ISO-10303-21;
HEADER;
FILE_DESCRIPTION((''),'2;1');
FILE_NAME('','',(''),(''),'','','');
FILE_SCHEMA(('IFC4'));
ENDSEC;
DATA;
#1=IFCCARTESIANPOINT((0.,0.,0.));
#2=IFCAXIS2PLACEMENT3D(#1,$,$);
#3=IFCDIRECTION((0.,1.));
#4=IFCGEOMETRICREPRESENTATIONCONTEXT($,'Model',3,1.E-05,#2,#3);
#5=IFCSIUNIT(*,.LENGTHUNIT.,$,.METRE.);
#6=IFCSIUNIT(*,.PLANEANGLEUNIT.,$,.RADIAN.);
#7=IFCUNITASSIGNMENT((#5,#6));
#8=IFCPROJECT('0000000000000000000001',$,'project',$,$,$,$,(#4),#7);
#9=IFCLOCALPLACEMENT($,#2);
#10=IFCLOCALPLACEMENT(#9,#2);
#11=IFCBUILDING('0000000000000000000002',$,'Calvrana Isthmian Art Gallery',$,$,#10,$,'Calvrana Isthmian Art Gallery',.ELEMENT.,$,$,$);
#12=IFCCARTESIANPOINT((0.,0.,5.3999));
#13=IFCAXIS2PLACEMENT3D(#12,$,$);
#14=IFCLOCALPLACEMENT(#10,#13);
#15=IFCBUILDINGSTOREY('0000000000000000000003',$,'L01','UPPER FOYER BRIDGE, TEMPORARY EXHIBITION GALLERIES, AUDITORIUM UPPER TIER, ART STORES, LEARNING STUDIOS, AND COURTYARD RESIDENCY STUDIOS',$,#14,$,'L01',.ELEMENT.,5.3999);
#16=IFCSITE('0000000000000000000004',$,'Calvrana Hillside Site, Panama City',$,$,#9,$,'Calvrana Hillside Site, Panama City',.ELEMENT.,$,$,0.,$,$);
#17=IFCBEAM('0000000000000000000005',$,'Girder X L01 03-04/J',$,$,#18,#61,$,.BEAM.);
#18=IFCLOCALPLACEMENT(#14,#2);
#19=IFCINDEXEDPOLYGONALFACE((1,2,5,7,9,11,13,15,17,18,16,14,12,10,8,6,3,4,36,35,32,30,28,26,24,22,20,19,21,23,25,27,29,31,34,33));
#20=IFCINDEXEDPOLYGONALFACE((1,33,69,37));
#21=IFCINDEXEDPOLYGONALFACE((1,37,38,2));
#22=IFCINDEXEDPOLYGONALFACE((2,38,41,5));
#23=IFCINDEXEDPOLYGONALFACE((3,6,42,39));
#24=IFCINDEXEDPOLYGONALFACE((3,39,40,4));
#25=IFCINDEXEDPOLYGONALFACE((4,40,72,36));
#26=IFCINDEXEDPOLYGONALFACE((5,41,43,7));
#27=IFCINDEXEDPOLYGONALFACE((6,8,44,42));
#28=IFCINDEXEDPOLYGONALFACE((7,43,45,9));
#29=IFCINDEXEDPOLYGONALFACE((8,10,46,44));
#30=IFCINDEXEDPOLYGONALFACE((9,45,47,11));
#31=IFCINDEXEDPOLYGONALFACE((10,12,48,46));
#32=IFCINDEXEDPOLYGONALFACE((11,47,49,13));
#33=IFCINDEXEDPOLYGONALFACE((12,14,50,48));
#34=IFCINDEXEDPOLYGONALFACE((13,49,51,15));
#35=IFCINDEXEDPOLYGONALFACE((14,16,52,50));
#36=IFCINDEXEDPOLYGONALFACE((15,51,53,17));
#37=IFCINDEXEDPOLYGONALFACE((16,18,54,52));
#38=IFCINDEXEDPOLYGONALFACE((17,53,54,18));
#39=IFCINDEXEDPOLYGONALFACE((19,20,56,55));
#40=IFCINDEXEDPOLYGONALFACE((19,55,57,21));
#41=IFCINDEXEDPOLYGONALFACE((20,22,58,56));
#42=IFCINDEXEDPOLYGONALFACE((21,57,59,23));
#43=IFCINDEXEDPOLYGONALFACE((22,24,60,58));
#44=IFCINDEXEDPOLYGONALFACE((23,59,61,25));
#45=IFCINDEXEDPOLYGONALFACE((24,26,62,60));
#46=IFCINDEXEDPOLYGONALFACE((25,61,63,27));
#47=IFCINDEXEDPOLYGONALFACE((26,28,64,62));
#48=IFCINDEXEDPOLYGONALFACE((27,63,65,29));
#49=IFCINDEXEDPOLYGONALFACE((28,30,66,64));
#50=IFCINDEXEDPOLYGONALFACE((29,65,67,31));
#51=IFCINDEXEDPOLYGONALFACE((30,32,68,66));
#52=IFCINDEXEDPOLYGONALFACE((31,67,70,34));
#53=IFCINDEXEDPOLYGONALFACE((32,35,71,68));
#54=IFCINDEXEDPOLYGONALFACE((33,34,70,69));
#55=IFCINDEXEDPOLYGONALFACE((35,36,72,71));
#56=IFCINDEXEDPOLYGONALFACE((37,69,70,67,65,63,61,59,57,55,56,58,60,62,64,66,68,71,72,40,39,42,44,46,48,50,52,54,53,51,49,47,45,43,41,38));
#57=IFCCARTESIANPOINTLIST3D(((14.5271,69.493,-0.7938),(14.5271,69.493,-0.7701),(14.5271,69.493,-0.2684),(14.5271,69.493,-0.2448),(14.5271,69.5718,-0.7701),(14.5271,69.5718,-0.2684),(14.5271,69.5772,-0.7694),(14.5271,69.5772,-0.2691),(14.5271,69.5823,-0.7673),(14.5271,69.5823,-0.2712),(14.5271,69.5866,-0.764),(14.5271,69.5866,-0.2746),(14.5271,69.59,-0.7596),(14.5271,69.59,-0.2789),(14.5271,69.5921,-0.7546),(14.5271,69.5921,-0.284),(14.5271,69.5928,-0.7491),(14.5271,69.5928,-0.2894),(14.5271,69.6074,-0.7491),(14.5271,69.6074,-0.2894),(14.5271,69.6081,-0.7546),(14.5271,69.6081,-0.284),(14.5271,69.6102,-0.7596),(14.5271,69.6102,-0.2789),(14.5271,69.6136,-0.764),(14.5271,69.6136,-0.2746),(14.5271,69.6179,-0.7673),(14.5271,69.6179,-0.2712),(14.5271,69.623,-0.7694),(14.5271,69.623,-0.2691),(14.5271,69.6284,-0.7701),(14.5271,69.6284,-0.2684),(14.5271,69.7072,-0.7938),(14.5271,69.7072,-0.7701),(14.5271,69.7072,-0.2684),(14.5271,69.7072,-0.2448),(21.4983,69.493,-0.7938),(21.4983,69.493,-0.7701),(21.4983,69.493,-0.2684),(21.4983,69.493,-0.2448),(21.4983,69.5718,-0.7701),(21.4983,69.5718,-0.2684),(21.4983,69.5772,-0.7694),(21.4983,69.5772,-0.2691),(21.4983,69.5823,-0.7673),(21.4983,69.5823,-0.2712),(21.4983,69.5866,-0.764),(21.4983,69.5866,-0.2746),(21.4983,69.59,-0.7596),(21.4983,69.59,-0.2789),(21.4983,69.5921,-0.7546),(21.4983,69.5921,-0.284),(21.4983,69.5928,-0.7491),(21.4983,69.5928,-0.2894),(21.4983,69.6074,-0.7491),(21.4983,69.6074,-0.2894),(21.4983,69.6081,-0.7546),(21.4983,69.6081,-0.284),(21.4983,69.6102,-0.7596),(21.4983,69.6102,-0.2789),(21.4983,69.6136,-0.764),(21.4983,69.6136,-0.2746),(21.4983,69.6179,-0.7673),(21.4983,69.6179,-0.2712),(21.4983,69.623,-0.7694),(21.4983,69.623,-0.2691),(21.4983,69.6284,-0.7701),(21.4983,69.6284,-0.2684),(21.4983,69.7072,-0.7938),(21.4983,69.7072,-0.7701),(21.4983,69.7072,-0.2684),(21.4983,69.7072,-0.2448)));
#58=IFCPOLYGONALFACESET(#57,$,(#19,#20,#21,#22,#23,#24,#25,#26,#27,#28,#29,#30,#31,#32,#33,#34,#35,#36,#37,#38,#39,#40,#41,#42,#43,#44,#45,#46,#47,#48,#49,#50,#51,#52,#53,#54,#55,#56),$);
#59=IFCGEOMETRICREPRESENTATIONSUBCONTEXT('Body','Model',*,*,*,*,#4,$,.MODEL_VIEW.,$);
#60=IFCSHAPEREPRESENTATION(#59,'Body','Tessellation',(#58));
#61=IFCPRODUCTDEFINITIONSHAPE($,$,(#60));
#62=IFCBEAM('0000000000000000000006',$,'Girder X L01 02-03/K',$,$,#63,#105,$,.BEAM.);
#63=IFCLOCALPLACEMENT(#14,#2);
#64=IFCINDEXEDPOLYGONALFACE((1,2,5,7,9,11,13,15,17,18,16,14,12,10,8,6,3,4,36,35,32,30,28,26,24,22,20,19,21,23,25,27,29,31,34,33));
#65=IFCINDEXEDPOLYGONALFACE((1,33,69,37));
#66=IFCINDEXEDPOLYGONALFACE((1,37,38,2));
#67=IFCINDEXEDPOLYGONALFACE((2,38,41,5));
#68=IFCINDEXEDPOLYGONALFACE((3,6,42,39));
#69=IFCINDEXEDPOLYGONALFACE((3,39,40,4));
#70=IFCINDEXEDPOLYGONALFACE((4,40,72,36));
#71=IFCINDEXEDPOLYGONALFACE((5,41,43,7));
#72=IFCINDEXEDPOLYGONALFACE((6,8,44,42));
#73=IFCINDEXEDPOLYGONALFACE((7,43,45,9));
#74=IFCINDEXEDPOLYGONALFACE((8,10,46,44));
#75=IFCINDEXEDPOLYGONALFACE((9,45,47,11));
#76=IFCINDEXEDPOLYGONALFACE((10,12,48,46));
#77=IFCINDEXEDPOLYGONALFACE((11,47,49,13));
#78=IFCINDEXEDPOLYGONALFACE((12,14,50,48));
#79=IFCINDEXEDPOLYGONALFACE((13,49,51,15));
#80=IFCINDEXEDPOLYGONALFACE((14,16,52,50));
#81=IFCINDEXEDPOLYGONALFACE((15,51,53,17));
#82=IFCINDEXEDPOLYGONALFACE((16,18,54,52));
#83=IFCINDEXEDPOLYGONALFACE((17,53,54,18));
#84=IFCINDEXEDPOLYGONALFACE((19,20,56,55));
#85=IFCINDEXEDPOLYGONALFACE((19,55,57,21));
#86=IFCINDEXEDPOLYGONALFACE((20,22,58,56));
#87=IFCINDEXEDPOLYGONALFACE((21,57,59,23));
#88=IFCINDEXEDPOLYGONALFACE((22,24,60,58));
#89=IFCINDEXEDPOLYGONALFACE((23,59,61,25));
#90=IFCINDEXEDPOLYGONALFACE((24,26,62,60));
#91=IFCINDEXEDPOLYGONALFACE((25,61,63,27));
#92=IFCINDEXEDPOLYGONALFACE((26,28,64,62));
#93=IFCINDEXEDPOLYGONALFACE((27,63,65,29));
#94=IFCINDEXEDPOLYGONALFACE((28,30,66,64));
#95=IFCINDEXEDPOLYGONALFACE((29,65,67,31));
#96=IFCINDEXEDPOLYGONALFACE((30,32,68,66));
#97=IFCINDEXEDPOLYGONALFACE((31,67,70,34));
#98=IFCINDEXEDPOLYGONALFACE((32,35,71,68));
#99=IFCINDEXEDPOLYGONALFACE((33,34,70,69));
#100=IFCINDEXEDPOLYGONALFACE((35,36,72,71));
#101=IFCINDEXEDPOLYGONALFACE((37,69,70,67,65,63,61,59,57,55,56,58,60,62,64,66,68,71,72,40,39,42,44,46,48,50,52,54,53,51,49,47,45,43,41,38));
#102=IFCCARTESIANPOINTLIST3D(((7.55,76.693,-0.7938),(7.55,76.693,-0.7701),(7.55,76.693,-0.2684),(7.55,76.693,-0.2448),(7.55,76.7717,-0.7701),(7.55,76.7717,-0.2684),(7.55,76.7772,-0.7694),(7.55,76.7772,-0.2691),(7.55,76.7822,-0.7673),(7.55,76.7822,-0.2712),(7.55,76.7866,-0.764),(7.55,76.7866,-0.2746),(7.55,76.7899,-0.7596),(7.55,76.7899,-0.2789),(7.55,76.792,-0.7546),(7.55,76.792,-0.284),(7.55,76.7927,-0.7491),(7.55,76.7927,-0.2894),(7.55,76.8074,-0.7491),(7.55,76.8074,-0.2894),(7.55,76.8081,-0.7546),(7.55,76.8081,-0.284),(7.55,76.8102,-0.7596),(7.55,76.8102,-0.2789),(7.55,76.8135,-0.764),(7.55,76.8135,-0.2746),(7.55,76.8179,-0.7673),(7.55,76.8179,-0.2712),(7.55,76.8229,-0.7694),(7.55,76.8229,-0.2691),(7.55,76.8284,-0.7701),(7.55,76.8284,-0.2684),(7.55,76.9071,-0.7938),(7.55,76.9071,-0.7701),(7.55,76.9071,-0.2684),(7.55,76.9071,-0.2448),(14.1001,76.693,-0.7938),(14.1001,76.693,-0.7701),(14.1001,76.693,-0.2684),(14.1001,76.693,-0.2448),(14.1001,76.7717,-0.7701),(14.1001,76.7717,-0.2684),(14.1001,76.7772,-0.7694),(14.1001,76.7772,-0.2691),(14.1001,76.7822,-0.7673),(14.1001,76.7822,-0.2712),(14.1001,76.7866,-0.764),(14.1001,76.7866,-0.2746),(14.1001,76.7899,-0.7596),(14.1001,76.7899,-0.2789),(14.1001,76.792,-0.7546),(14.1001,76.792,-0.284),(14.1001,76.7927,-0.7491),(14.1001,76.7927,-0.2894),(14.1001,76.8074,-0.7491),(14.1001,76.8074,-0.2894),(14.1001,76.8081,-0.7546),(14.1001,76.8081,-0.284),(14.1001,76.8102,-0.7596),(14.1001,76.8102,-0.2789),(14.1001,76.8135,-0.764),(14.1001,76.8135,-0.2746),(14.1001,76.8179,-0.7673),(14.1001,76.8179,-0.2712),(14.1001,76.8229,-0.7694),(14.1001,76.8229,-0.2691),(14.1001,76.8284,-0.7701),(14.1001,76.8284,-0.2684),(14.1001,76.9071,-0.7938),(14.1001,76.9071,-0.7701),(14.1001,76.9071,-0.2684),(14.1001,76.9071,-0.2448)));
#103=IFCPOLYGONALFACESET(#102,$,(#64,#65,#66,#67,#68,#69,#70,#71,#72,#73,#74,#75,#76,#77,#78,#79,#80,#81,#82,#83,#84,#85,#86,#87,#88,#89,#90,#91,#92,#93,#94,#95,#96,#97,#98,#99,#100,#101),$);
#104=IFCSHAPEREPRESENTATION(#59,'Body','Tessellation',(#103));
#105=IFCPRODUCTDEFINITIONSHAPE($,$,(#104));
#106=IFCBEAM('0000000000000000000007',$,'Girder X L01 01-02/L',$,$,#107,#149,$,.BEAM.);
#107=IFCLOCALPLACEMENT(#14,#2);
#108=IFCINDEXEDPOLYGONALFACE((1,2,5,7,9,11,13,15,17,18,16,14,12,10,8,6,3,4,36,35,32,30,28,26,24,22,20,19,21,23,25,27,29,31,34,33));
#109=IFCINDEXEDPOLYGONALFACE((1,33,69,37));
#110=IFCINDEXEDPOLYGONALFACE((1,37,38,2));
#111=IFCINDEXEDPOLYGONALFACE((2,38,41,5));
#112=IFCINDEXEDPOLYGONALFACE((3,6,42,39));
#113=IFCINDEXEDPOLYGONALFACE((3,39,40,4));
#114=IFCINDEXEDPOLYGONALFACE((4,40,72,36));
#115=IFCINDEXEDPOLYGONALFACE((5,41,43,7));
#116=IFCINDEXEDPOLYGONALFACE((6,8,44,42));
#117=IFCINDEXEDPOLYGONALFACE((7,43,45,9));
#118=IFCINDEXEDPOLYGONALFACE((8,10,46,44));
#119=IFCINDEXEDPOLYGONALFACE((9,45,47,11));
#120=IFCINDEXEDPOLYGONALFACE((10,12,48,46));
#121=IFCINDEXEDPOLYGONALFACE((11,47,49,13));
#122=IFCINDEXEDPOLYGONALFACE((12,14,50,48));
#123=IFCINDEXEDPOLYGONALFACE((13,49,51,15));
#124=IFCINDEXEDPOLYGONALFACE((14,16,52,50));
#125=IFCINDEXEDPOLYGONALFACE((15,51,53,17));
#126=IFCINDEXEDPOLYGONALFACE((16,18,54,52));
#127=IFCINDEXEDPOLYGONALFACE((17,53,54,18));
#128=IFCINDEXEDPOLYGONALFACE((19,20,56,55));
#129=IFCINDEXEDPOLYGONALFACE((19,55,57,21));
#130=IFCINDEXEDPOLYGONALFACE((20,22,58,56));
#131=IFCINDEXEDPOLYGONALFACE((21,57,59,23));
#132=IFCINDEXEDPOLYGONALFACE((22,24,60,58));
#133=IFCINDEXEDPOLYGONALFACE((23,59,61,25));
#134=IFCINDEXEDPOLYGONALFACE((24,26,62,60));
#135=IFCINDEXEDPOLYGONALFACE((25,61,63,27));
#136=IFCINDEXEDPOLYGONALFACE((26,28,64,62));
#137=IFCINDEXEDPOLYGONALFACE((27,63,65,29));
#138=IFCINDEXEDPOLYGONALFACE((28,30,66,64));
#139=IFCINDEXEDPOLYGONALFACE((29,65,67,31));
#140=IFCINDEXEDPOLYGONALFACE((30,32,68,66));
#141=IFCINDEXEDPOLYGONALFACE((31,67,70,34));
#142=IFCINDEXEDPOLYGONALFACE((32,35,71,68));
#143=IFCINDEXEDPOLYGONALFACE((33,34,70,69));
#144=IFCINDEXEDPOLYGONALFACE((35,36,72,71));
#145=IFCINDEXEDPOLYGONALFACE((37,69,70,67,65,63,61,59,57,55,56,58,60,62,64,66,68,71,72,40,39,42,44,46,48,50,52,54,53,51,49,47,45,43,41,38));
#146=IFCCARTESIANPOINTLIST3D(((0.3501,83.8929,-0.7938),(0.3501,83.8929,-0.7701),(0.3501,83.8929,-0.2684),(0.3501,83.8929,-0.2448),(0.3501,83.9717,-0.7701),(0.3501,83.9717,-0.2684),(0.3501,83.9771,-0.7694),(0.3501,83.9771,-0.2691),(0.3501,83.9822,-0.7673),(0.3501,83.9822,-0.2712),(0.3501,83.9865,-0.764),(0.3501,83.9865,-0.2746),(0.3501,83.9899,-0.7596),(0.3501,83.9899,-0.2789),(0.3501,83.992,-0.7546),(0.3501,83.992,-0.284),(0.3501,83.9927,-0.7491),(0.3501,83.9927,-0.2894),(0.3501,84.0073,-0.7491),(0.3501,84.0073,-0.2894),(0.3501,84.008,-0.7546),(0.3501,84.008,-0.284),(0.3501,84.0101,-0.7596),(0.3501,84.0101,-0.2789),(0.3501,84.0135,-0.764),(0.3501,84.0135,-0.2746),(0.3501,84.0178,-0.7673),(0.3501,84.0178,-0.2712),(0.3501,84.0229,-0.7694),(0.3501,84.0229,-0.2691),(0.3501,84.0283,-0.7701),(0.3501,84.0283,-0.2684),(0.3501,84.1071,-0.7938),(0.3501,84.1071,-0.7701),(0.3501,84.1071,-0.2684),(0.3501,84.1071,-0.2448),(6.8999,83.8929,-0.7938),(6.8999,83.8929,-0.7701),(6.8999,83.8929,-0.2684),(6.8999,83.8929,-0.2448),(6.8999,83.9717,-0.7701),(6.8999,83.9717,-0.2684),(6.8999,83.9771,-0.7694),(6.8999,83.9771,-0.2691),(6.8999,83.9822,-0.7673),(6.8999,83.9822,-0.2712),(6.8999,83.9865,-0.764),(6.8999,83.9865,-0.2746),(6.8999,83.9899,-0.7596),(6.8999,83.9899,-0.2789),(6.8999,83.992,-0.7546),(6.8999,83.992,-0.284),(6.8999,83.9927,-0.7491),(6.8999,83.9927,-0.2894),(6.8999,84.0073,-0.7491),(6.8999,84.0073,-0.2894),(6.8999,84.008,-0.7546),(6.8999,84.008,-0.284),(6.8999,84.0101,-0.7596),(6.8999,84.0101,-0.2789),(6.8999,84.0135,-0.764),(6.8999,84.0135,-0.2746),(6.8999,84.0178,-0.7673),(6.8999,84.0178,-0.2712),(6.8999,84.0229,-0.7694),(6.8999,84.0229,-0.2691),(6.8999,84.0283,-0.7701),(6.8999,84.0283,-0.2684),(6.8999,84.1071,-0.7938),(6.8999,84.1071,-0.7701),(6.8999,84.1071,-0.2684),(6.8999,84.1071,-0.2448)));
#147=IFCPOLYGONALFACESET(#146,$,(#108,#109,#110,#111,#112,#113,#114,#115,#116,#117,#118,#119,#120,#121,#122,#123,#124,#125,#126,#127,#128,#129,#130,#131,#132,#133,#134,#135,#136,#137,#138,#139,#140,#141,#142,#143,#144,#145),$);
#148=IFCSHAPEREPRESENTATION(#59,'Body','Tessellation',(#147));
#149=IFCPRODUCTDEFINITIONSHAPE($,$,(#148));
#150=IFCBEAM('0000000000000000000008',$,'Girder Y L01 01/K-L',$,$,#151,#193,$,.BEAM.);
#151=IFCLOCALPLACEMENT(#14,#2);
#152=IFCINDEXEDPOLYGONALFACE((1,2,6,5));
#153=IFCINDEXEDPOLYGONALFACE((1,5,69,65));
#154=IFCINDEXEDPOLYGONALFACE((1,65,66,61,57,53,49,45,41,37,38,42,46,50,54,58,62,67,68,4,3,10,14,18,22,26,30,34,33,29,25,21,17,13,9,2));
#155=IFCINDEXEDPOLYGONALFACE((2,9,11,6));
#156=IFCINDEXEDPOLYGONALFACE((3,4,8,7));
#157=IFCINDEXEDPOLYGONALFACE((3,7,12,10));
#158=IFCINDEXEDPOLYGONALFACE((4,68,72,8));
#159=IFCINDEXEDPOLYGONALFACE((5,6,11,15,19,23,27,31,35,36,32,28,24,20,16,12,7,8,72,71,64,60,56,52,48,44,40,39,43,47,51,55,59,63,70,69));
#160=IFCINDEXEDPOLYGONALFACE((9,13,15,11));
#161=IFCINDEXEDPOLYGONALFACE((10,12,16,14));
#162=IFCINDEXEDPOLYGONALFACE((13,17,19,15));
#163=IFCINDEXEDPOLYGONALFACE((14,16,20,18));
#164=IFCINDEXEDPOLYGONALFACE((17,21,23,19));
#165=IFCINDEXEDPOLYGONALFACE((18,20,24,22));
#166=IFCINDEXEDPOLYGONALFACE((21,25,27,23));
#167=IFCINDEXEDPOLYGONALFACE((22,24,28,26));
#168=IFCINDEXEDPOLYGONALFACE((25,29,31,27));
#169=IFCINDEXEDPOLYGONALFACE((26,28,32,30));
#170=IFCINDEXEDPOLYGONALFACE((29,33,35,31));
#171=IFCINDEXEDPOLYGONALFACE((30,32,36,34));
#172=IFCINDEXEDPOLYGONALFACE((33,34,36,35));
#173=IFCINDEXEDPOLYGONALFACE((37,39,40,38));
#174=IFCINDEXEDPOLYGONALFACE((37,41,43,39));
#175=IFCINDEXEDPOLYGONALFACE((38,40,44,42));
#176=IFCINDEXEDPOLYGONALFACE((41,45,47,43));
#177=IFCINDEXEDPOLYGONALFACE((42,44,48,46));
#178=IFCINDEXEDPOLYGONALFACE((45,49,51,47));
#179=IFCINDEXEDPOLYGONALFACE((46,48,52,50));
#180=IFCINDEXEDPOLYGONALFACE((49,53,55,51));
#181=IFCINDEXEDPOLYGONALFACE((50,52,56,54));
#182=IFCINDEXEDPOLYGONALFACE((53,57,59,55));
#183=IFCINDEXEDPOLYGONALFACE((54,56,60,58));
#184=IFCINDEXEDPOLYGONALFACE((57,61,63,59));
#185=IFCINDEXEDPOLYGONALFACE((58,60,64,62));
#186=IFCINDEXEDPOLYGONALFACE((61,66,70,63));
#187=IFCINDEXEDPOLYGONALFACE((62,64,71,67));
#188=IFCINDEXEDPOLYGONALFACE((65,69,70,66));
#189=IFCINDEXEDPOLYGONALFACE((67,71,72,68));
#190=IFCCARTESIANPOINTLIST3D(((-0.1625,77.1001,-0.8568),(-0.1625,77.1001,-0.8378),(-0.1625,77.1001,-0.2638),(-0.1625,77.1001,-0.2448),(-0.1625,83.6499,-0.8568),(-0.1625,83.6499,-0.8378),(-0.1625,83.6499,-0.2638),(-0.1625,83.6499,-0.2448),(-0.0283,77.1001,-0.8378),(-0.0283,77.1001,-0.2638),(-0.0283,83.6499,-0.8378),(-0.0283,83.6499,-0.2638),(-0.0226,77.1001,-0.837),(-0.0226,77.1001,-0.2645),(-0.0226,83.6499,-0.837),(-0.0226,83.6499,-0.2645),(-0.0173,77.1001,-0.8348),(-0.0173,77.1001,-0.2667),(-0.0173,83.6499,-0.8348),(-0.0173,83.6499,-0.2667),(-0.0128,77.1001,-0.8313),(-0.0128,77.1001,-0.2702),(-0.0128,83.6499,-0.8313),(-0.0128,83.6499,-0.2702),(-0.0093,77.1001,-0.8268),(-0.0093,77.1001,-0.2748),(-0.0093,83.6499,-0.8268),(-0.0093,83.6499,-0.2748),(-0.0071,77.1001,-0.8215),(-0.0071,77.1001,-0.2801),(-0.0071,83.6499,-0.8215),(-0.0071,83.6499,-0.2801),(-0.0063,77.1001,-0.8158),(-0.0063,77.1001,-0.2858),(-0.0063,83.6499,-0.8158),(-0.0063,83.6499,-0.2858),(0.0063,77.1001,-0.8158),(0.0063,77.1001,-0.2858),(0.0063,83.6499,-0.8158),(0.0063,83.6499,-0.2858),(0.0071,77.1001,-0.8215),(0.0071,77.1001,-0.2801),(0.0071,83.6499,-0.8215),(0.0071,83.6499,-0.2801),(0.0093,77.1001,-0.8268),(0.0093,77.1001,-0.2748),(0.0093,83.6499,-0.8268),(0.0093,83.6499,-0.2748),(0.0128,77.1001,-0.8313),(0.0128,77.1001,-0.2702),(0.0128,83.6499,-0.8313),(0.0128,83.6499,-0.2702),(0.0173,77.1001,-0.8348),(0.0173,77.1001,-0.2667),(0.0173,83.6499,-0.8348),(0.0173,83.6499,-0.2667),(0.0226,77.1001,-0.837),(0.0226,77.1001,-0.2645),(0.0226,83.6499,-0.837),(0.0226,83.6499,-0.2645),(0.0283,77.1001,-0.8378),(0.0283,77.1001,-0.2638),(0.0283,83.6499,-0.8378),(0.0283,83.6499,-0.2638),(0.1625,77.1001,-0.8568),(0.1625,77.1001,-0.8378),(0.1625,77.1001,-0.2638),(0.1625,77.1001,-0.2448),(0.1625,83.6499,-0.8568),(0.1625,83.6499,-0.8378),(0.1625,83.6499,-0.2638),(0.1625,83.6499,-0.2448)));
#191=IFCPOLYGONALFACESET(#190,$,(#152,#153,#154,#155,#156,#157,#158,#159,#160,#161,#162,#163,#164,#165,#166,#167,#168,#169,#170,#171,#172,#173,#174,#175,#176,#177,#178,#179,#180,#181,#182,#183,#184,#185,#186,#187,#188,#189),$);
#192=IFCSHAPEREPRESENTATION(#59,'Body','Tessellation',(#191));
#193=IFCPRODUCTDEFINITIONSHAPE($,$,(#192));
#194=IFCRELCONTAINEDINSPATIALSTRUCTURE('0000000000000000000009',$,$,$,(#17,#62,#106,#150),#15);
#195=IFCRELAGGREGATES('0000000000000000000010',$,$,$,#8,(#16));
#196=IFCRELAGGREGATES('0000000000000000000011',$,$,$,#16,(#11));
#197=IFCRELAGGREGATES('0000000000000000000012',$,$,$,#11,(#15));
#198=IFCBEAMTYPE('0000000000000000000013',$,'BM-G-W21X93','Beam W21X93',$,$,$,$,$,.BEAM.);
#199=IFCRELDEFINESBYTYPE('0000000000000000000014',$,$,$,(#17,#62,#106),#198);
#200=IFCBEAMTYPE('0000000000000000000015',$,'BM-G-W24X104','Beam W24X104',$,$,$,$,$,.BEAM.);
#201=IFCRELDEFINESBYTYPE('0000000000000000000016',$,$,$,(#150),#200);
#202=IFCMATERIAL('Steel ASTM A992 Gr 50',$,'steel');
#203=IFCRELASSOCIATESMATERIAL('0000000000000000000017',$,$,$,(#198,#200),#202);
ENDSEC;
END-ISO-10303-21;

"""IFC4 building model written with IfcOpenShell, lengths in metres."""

from ifc_helpers import new_model, si_unit, direction, frame, origin, origin_2d, place, context, subcontext, project, spatial, i_section, extrude, material, material_profile, profile_set, type_object, element, save


model = new_model("IFC4")

# Units and contexts
model_context = context("Model", 3, precision=1e-05, world=origin(), true_north=direction((0.0, 1.0)))
body_context = subcontext(model_context, "Body", "Model", "MODEL_VIEW")
ifc_project = project(units=[si_unit("LENGTHUNIT", "METRE"), si_unit("PLANEANGLEUNIT", "RADIAN")], contexts=[model_context])

# Site, building, storey
site_placement = place(None, origin())
site = spatial("IfcSite", under=ifc_project, at=site_placement, Name="Calvrana Hillside Site, Panama City", LongName="Calvrana Hillside Site, Panama City", CompositionType="ELEMENT", RefElevation=0.0)
building_placement = place(site_placement, origin())
building = spatial("IfcBuilding", under=site, at=building_placement, Name="Calvrana Isthmian Art Gallery", LongName="Calvrana Isthmian Art Gallery", CompositionType="ELEMENT")
storey_placement = place(building_placement, frame((0.0, 0.0, 5.3999)))
storey = spatial("IfcBuildingStorey", under=building, at=storey_placement, Name="L01", Description="UPPER FOYER BRIDGE, TEMPORARY EXHIBITION GALLERIES, AUDITORIUM UPPER TIER, ART STORES, LEARNING STUDIOS, AND COURTYARD RESIDENCY STUDIOS", LongName="L01", CompositionType="ELEMENT", Elevation=5.3999)

# Beams
ifc_material_1 = material(Name="Steel ASTM A992 Gr 50", Category="steel")
ifc_material_profile_1 = material_profile(ifc_material_1, i_section(OverallWidth=0.2141, OverallDepth=0.5491, WebThickness=0.0146, FlangeThickness=0.0237, FilletRadius=0.021, at=origin_2d()), Name="W21X93")
ifc_profile_set_1 = profile_set([ifc_material_profile_1], Name="Steel ASTM A992 Gr 50")
beam_type_1 = type_object("IfcBeamType", Name="BM-G-W21X93", Description="Beam W21X93", PredefinedType="BEAM", material=ifc_profile_set_1)
beam_1_placement = place(storey_placement, frame((14.5271, 69.6001, -0.5193), z_axis=(1.0, 0.0, 0.0), x_axis=(0.0, 1.0, 0.0)))
element("IfcBeam", 1, at=beam_1_placement, inside=storey, type_object=beam_type_1, Name="Girder X L01 03-04/J", PredefinedType="BEAM", context=body_context, shape_type="SweptSolid", body=[
    extrude(i_section(OverallWidth=0.2141, OverallDepth=0.5491, WebThickness=0.0146, FlangeThickness=0.0237, FilletRadius=0.021, at=origin_2d()), origin(), (0.0, 0.0, 1.0), 6.9712),
])
beam_2_placement = place(storey_placement, frame((7.55, 76.8, -0.5193), z_axis=(1.0, 0.0, 0.0), x_axis=(0.0, 1.0, 0.0)))
element("IfcBeam", 2, at=beam_2_placement, inside=storey, type_object=beam_type_1, Name="Girder X L01 02-03/K", PredefinedType="BEAM", context=body_context, shape_type="SweptSolid", body=[
    extrude(i_section(OverallWidth=0.2141, OverallDepth=0.5491, WebThickness=0.0146, FlangeThickness=0.0237, FilletRadius=0.021, at=origin_2d()), origin(), (0.0, 0.0, 1.0), 6.55),
])
beam_3_placement = place(storey_placement, frame((0.3501, 84.0, -0.5193), z_axis=(1.0, 0.0, 0.0), x_axis=(0.0, 1.0, 0.0)))
element("IfcBeam", 3, at=beam_3_placement, inside=storey, type_object=beam_type_1, Name="Girder X L01 01-02/L", PredefinedType="BEAM", context=body_context, shape_type="SweptSolid", body=[
    extrude(i_section(OverallWidth=0.2141, OverallDepth=0.5491, WebThickness=0.0146, FlangeThickness=0.0237, FilletRadius=0.021, at=origin_2d()), origin(), (0.0, 0.0, 1.0), 6.5498),
])
ifc_material_profile_2 = material_profile(ifc_material_1, i_section(OverallWidth=0.325, OverallDepth=0.6121, WebThickness=0.0127, FlangeThickness=0.019, FilletRadius=0.022, at=origin_2d()), Name="W24X104")
ifc_profile_set_2 = profile_set([ifc_material_profile_2], Name="Steel ASTM A992 Gr 50")
beam_type_2 = type_object("IfcBeamType", Name="BM-G-W24X104", Description="Beam W24X104", PredefinedType="BEAM", material=ifc_profile_set_2)
beam_4_placement = place(storey_placement, frame((0.0, 77.1001, -0.5508), z_axis=(0.0, 1.0, 0.0), x_axis=(-1.0, 0.0, 0.0)))
element("IfcBeam", 4, at=beam_4_placement, inside=storey, type_object=beam_type_2, Name="Girder Y L01 01/K-L", PredefinedType="BEAM", context=body_context, shape_type="SweptSolid", body=[
    extrude(i_section(OverallWidth=0.325, OverallDepth=0.6121, WebThickness=0.0127, FlangeThickness=0.019, FilletRadius=0.022, at=origin_2d()), origin(), (0.0, 0.0, 1.0), 6.5498),
])

save(model, "model.ifc")
